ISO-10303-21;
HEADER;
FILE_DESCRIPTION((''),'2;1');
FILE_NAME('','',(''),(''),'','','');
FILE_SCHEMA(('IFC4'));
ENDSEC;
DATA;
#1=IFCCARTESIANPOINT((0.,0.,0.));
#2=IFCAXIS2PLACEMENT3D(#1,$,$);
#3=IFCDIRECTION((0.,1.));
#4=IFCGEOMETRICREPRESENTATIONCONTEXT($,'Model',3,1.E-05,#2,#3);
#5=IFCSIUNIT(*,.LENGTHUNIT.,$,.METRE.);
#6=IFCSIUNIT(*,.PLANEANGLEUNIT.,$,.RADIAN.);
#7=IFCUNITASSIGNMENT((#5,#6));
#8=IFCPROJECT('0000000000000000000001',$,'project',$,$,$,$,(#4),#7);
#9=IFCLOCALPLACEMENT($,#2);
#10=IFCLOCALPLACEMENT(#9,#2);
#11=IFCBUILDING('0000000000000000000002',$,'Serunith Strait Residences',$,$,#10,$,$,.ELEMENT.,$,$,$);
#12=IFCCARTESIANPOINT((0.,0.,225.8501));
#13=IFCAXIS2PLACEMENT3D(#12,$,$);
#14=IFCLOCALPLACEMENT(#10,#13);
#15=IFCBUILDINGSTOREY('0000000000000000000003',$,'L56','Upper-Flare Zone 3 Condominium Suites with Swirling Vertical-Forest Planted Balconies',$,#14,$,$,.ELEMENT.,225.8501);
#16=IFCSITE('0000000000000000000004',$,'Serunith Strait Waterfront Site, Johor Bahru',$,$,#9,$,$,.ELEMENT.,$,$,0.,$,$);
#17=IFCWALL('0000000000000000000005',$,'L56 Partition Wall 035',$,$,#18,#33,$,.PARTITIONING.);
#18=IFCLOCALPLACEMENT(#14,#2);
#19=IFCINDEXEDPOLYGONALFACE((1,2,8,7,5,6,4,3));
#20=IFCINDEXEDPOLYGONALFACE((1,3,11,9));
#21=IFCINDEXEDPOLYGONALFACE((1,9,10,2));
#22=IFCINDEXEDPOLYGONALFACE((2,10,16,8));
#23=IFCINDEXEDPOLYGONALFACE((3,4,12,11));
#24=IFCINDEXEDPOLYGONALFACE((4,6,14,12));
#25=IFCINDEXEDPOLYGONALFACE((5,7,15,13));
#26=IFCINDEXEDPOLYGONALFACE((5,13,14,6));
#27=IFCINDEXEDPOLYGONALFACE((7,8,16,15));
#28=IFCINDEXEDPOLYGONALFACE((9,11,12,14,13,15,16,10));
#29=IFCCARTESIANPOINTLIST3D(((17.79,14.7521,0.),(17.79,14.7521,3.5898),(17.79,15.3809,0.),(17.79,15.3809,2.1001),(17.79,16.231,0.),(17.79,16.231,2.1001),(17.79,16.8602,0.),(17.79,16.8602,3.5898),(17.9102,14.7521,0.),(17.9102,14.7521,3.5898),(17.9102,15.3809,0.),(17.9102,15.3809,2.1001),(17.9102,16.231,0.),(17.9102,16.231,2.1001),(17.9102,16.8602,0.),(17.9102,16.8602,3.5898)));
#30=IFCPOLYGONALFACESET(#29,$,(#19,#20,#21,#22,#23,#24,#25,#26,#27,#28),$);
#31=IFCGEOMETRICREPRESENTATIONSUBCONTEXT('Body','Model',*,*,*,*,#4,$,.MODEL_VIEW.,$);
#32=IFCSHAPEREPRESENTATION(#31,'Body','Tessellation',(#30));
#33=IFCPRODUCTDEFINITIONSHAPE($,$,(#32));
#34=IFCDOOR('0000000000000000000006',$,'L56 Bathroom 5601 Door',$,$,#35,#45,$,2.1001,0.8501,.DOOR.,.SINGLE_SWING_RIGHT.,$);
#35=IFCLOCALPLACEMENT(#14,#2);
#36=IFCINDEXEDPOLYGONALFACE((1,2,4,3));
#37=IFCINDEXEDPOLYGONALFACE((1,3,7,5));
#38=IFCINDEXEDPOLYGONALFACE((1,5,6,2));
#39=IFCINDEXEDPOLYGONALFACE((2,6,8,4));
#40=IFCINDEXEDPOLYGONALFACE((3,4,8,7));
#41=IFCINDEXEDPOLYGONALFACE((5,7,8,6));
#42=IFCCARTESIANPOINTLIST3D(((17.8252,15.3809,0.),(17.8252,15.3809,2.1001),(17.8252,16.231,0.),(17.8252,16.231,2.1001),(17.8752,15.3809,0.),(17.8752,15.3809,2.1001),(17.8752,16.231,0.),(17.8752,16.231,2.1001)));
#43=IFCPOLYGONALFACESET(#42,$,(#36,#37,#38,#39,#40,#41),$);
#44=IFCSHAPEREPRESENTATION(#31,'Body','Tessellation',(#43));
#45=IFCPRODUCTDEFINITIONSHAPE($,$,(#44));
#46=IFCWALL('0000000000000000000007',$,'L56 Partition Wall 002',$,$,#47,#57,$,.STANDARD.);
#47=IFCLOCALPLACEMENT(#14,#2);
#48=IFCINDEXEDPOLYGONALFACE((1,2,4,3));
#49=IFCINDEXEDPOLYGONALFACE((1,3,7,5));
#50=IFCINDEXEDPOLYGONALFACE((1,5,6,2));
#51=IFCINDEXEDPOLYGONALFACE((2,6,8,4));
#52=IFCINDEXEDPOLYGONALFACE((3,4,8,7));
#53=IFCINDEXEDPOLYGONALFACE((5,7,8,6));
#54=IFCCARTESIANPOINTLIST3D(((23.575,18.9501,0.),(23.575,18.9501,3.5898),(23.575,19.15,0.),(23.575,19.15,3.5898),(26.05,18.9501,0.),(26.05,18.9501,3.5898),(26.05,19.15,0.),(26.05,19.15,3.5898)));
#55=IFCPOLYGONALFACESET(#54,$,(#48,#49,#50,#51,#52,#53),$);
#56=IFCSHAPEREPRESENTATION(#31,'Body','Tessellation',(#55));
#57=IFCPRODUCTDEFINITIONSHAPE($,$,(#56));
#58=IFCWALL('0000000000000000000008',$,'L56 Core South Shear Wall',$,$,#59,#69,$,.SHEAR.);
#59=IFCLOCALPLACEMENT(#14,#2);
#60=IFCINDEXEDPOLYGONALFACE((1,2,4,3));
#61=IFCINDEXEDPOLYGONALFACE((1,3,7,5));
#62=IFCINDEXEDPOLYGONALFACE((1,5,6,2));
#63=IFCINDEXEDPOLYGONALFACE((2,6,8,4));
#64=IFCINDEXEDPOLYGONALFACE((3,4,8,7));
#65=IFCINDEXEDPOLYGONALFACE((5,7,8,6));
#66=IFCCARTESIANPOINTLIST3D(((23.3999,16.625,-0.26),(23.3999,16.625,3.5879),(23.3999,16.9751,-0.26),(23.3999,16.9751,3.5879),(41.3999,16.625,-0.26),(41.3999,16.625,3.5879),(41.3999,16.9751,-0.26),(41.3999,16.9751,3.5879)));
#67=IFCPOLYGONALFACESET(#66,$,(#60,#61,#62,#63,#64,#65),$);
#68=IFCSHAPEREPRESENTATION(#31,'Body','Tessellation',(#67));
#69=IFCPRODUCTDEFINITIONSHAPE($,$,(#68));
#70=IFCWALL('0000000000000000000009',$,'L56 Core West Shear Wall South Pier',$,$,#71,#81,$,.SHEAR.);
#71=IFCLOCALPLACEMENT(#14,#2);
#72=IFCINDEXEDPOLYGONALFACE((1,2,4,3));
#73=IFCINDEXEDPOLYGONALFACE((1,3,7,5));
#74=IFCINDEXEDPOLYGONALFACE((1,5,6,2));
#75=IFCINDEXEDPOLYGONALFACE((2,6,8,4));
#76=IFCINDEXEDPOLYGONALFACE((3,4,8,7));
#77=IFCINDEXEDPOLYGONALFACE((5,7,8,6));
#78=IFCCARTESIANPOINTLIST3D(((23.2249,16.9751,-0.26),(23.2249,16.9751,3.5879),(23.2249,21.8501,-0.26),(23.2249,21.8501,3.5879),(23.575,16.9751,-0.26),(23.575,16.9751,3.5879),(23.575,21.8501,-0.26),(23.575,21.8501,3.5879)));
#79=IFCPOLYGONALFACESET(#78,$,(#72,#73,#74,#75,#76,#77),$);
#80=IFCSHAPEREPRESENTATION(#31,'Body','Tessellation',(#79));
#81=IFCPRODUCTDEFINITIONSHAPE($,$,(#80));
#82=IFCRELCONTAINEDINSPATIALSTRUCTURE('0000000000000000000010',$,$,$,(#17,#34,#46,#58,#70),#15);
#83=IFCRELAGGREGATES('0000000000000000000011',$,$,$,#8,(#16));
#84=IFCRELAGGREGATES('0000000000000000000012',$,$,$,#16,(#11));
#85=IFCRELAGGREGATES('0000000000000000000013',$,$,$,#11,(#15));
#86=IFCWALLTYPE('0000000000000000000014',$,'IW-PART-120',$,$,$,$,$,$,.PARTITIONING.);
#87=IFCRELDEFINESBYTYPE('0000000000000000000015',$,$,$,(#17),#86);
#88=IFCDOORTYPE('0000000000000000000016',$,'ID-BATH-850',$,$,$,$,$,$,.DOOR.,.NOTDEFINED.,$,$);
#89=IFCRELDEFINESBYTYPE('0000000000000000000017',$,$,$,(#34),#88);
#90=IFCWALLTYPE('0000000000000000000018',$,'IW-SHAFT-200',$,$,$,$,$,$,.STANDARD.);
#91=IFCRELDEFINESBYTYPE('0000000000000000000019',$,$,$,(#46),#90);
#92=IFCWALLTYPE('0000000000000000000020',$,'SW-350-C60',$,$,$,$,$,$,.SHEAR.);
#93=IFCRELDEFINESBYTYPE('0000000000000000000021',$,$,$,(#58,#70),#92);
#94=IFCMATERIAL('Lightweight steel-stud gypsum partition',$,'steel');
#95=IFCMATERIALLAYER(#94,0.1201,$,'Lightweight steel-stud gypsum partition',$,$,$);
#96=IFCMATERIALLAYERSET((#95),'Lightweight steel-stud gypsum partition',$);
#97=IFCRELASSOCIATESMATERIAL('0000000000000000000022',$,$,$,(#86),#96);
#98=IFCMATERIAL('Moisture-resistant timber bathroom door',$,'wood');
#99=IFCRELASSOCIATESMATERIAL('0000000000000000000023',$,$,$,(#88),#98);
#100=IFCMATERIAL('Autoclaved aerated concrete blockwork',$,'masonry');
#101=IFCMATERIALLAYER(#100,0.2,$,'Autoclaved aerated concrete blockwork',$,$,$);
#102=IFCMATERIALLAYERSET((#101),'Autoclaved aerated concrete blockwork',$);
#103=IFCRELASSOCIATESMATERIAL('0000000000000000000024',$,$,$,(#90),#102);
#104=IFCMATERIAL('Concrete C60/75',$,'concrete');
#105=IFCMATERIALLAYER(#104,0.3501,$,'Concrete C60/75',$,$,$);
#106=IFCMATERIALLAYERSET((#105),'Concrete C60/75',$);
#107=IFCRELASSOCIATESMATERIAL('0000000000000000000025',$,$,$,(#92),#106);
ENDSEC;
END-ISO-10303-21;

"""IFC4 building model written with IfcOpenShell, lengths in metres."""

from ifc_helpers import new_model, si_unit, direction, frame, frame_2d, origin, place, context, subcontext, project, spatial, rectangle, extrude, source, transform, mapped, material, layer, layer_set, type_object, element, fill, save


model = new_model("IFC4")

# Units and contexts
model_context = context("Model", 3, precision=1e-05, world=origin(), true_north=direction((0.0, 1.0)))
body_context = subcontext(model_context, "Body", "Model", "MODEL_VIEW")
ifc_project = project(units=[si_unit("LENGTHUNIT", "METRE"), si_unit("PLANEANGLEUNIT", "RADIAN")], contexts=[model_context])

# Site, building, storey
site_placement = place(None, origin())
site = spatial("IfcSite", under=ifc_project, at=site_placement, Name="Serunith Strait Waterfront Site, Johor Bahru", CompositionType="ELEMENT", RefElevation=0.0)
building_placement = place(site_placement, origin())
building = spatial("IfcBuilding", under=site, at=building_placement, Name="Serunith Strait Residences", CompositionType="ELEMENT")
storey_placement = place(building_placement, frame((0.0, 0.0, 225.8501)))
storey = spatial("IfcBuildingStorey", under=building, at=storey_placement, Name="L56", Description="Upper-Flare Zone 3 Condominium Suites with Swirling Vertical-Forest Planted Balconies", CompositionType="ELEMENT", Elevation=225.8501)

# Shared definitions
ifc_material_1 = material(Name="Lightweight steel-stud gypsum partition", Category="steel")
ifc_layer_1 = layer(ifc_material_1, 0.1201, Name="Lightweight steel-stud gypsum partition")
ifc_layer_set_1 = layer_set([ifc_layer_1], Name="Lightweight steel-stud gypsum partition")
wall_type_1 = type_object("IfcWallType", Name="IW-PART-120", PredefinedType="PARTITIONING", material=ifc_layer_set_1)
shared_shape_1 = source(origin(), body_context, "Body", "SweptSolid", [
    extrude(rectangle(XDim=0.8501, YDim=2.1001, at=frame_2d((0.425, 1.05))), frame((0.0, 0.0249, 0.0), z_axis=(0.0, -1.0, 0.0), x_axis=(1.0, 0.0, 0.0)), (0.0, 0.0, 1.0), 0.05),
])

# Wall, opening, door
wall_1_placement = place(storey_placement, frame((17.8501, 14.752, 0.0), z_axis=(0.0, 0.0, 1.0), x_axis=(0.0, 1.0, 0.0)))
wall_1 = element("IfcWall", 1, at=wall_1_placement, inside=storey, type_object=wall_type_1, Name="L56 Partition Wall 035", PredefinedType="PARTITIONING", context=body_context, shape_type="SweptSolid", body=[
    extrude(rectangle(XDim=2.1082, YDim=0.1201, at=frame_2d((1.0542, 0.0))), origin(), (0.0, 0.0, 1.0), 3.5898),
])
opening_1_placement = place(wall_1_placement, frame((0.6289, 0.0, 0.0)))
opening_1 = element("IfcOpeningElement", 2, at=opening_1_placement, cuts=wall_1, PredefinedType="OPENING", context=body_context, shape_type="SweptSolid", body=[
    extrude(rectangle(XDim=0.8501, YDim=2.1001, at=frame_2d((0.425, 1.05))), frame((0.0, 0.0701, 0.0), z_axis=(0.0, -1.0, 0.0), x_axis=(1.0, 0.0, 0.0)), (0.0, 0.0, 1.0), 0.1401),
])
ifc_material_2 = material(Name="Moisture-resistant timber bathroom door", Category="wood")
door_type_1 = type_object("IfcDoorType", Name="ID-BATH-850", OperationType="NOTDEFINED", PredefinedType="DOOR", material=ifc_material_2)
door_1_placement = place(opening_1_placement, origin())
door_1 = element("IfcDoor", 3, at=door_1_placement, inside=storey, type_object=door_type_1, Name="L56 Bathroom 5601 Door", OperationType="SINGLE_SWING_RIGHT", OverallHeight=2.1001, OverallWidth=0.8501, PredefinedType="DOOR", context=body_context, shape_type="MappedRepresentation", body=[
    mapped(shared_shape_1, transform((0.0, 0.0, 0.0), scale=1.0)),
])
fill(opening_1, door_1)

# Wall
ifc_material_3 = material(Name="Autoclaved aerated concrete blockwork", Category="masonry")
ifc_layer_2 = layer(ifc_material_3, 0.2, Name="Autoclaved aerated concrete blockwork")
ifc_layer_set_2 = layer_set([ifc_layer_2], Name="Autoclaved aerated concrete blockwork")
wall_type_2 = type_object("IfcWallType", Name="IW-SHAFT-200", PredefinedType="STANDARD", material=ifc_layer_set_2)
wall_2_placement = place(storey_placement, frame((23.575, 19.05, 0.0), z_axis=(0.0, 0.0, 1.0), x_axis=(1.0, 0.0, 0.0)))
element("IfcWall", 4, at=wall_2_placement, inside=storey, type_object=wall_type_2, Name="L56 Partition Wall 002", PredefinedType="STANDARD", context=body_context, shape_type="SweptSolid", body=[
    extrude(rectangle(XDim=2.4751, YDim=0.2, at=frame_2d((1.2375, 0.0))), origin(), (0.0, 0.0, 1.0), 3.5898),
])

# Walls
ifc_material_4 = material(Name="Concrete C60/75", Category="concrete")
ifc_layer_3 = layer(ifc_material_4, 0.3501, Name="Concrete C60/75")
ifc_layer_set_3 = layer_set([ifc_layer_3], Name="Concrete C60/75")
wall_type_3 = type_object("IfcWallType", Name="SW-350-C60", PredefinedType="SHEAR", material=ifc_layer_set_3)
wall_3_placement = place(storey_placement, frame((23.3999, 16.8, -0.26), z_axis=(0.0, 0.0, 1.0), x_axis=(1.0, 0.0, 0.0)))
element("IfcWall", 5, at=wall_3_placement, inside=storey, type_object=wall_type_3, Name="L56 Core South Shear Wall", PredefinedType="SHEAR", context=body_context, shape_type="SweptSolid", body=[
    extrude(rectangle(XDim=18.0, YDim=0.3501, at=frame_2d((9.0, 0.0))), origin(), (0.0, 0.0, 1.0), 3.8479),
])
wall_4_placement = place(storey_placement, frame((23.3999, 16.9751, -0.26), z_axis=(0.0, 0.0, 1.0), x_axis=(0.0, 1.0, 0.0)))
element("IfcWall", 6, at=wall_4_placement, inside=storey, type_object=wall_type_3, Name="L56 Core West Shear Wall South Pier", PredefinedType="SHEAR", context=body_context, shape_type="SweptSolid", body=[
    extrude(rectangle(XDim=4.875, YDim=0.3501, at=frame_2d((2.4375, 0.0))), origin(), (0.0, 0.0, 1.0), 3.8479),
])

save(model, "model.ifc")
